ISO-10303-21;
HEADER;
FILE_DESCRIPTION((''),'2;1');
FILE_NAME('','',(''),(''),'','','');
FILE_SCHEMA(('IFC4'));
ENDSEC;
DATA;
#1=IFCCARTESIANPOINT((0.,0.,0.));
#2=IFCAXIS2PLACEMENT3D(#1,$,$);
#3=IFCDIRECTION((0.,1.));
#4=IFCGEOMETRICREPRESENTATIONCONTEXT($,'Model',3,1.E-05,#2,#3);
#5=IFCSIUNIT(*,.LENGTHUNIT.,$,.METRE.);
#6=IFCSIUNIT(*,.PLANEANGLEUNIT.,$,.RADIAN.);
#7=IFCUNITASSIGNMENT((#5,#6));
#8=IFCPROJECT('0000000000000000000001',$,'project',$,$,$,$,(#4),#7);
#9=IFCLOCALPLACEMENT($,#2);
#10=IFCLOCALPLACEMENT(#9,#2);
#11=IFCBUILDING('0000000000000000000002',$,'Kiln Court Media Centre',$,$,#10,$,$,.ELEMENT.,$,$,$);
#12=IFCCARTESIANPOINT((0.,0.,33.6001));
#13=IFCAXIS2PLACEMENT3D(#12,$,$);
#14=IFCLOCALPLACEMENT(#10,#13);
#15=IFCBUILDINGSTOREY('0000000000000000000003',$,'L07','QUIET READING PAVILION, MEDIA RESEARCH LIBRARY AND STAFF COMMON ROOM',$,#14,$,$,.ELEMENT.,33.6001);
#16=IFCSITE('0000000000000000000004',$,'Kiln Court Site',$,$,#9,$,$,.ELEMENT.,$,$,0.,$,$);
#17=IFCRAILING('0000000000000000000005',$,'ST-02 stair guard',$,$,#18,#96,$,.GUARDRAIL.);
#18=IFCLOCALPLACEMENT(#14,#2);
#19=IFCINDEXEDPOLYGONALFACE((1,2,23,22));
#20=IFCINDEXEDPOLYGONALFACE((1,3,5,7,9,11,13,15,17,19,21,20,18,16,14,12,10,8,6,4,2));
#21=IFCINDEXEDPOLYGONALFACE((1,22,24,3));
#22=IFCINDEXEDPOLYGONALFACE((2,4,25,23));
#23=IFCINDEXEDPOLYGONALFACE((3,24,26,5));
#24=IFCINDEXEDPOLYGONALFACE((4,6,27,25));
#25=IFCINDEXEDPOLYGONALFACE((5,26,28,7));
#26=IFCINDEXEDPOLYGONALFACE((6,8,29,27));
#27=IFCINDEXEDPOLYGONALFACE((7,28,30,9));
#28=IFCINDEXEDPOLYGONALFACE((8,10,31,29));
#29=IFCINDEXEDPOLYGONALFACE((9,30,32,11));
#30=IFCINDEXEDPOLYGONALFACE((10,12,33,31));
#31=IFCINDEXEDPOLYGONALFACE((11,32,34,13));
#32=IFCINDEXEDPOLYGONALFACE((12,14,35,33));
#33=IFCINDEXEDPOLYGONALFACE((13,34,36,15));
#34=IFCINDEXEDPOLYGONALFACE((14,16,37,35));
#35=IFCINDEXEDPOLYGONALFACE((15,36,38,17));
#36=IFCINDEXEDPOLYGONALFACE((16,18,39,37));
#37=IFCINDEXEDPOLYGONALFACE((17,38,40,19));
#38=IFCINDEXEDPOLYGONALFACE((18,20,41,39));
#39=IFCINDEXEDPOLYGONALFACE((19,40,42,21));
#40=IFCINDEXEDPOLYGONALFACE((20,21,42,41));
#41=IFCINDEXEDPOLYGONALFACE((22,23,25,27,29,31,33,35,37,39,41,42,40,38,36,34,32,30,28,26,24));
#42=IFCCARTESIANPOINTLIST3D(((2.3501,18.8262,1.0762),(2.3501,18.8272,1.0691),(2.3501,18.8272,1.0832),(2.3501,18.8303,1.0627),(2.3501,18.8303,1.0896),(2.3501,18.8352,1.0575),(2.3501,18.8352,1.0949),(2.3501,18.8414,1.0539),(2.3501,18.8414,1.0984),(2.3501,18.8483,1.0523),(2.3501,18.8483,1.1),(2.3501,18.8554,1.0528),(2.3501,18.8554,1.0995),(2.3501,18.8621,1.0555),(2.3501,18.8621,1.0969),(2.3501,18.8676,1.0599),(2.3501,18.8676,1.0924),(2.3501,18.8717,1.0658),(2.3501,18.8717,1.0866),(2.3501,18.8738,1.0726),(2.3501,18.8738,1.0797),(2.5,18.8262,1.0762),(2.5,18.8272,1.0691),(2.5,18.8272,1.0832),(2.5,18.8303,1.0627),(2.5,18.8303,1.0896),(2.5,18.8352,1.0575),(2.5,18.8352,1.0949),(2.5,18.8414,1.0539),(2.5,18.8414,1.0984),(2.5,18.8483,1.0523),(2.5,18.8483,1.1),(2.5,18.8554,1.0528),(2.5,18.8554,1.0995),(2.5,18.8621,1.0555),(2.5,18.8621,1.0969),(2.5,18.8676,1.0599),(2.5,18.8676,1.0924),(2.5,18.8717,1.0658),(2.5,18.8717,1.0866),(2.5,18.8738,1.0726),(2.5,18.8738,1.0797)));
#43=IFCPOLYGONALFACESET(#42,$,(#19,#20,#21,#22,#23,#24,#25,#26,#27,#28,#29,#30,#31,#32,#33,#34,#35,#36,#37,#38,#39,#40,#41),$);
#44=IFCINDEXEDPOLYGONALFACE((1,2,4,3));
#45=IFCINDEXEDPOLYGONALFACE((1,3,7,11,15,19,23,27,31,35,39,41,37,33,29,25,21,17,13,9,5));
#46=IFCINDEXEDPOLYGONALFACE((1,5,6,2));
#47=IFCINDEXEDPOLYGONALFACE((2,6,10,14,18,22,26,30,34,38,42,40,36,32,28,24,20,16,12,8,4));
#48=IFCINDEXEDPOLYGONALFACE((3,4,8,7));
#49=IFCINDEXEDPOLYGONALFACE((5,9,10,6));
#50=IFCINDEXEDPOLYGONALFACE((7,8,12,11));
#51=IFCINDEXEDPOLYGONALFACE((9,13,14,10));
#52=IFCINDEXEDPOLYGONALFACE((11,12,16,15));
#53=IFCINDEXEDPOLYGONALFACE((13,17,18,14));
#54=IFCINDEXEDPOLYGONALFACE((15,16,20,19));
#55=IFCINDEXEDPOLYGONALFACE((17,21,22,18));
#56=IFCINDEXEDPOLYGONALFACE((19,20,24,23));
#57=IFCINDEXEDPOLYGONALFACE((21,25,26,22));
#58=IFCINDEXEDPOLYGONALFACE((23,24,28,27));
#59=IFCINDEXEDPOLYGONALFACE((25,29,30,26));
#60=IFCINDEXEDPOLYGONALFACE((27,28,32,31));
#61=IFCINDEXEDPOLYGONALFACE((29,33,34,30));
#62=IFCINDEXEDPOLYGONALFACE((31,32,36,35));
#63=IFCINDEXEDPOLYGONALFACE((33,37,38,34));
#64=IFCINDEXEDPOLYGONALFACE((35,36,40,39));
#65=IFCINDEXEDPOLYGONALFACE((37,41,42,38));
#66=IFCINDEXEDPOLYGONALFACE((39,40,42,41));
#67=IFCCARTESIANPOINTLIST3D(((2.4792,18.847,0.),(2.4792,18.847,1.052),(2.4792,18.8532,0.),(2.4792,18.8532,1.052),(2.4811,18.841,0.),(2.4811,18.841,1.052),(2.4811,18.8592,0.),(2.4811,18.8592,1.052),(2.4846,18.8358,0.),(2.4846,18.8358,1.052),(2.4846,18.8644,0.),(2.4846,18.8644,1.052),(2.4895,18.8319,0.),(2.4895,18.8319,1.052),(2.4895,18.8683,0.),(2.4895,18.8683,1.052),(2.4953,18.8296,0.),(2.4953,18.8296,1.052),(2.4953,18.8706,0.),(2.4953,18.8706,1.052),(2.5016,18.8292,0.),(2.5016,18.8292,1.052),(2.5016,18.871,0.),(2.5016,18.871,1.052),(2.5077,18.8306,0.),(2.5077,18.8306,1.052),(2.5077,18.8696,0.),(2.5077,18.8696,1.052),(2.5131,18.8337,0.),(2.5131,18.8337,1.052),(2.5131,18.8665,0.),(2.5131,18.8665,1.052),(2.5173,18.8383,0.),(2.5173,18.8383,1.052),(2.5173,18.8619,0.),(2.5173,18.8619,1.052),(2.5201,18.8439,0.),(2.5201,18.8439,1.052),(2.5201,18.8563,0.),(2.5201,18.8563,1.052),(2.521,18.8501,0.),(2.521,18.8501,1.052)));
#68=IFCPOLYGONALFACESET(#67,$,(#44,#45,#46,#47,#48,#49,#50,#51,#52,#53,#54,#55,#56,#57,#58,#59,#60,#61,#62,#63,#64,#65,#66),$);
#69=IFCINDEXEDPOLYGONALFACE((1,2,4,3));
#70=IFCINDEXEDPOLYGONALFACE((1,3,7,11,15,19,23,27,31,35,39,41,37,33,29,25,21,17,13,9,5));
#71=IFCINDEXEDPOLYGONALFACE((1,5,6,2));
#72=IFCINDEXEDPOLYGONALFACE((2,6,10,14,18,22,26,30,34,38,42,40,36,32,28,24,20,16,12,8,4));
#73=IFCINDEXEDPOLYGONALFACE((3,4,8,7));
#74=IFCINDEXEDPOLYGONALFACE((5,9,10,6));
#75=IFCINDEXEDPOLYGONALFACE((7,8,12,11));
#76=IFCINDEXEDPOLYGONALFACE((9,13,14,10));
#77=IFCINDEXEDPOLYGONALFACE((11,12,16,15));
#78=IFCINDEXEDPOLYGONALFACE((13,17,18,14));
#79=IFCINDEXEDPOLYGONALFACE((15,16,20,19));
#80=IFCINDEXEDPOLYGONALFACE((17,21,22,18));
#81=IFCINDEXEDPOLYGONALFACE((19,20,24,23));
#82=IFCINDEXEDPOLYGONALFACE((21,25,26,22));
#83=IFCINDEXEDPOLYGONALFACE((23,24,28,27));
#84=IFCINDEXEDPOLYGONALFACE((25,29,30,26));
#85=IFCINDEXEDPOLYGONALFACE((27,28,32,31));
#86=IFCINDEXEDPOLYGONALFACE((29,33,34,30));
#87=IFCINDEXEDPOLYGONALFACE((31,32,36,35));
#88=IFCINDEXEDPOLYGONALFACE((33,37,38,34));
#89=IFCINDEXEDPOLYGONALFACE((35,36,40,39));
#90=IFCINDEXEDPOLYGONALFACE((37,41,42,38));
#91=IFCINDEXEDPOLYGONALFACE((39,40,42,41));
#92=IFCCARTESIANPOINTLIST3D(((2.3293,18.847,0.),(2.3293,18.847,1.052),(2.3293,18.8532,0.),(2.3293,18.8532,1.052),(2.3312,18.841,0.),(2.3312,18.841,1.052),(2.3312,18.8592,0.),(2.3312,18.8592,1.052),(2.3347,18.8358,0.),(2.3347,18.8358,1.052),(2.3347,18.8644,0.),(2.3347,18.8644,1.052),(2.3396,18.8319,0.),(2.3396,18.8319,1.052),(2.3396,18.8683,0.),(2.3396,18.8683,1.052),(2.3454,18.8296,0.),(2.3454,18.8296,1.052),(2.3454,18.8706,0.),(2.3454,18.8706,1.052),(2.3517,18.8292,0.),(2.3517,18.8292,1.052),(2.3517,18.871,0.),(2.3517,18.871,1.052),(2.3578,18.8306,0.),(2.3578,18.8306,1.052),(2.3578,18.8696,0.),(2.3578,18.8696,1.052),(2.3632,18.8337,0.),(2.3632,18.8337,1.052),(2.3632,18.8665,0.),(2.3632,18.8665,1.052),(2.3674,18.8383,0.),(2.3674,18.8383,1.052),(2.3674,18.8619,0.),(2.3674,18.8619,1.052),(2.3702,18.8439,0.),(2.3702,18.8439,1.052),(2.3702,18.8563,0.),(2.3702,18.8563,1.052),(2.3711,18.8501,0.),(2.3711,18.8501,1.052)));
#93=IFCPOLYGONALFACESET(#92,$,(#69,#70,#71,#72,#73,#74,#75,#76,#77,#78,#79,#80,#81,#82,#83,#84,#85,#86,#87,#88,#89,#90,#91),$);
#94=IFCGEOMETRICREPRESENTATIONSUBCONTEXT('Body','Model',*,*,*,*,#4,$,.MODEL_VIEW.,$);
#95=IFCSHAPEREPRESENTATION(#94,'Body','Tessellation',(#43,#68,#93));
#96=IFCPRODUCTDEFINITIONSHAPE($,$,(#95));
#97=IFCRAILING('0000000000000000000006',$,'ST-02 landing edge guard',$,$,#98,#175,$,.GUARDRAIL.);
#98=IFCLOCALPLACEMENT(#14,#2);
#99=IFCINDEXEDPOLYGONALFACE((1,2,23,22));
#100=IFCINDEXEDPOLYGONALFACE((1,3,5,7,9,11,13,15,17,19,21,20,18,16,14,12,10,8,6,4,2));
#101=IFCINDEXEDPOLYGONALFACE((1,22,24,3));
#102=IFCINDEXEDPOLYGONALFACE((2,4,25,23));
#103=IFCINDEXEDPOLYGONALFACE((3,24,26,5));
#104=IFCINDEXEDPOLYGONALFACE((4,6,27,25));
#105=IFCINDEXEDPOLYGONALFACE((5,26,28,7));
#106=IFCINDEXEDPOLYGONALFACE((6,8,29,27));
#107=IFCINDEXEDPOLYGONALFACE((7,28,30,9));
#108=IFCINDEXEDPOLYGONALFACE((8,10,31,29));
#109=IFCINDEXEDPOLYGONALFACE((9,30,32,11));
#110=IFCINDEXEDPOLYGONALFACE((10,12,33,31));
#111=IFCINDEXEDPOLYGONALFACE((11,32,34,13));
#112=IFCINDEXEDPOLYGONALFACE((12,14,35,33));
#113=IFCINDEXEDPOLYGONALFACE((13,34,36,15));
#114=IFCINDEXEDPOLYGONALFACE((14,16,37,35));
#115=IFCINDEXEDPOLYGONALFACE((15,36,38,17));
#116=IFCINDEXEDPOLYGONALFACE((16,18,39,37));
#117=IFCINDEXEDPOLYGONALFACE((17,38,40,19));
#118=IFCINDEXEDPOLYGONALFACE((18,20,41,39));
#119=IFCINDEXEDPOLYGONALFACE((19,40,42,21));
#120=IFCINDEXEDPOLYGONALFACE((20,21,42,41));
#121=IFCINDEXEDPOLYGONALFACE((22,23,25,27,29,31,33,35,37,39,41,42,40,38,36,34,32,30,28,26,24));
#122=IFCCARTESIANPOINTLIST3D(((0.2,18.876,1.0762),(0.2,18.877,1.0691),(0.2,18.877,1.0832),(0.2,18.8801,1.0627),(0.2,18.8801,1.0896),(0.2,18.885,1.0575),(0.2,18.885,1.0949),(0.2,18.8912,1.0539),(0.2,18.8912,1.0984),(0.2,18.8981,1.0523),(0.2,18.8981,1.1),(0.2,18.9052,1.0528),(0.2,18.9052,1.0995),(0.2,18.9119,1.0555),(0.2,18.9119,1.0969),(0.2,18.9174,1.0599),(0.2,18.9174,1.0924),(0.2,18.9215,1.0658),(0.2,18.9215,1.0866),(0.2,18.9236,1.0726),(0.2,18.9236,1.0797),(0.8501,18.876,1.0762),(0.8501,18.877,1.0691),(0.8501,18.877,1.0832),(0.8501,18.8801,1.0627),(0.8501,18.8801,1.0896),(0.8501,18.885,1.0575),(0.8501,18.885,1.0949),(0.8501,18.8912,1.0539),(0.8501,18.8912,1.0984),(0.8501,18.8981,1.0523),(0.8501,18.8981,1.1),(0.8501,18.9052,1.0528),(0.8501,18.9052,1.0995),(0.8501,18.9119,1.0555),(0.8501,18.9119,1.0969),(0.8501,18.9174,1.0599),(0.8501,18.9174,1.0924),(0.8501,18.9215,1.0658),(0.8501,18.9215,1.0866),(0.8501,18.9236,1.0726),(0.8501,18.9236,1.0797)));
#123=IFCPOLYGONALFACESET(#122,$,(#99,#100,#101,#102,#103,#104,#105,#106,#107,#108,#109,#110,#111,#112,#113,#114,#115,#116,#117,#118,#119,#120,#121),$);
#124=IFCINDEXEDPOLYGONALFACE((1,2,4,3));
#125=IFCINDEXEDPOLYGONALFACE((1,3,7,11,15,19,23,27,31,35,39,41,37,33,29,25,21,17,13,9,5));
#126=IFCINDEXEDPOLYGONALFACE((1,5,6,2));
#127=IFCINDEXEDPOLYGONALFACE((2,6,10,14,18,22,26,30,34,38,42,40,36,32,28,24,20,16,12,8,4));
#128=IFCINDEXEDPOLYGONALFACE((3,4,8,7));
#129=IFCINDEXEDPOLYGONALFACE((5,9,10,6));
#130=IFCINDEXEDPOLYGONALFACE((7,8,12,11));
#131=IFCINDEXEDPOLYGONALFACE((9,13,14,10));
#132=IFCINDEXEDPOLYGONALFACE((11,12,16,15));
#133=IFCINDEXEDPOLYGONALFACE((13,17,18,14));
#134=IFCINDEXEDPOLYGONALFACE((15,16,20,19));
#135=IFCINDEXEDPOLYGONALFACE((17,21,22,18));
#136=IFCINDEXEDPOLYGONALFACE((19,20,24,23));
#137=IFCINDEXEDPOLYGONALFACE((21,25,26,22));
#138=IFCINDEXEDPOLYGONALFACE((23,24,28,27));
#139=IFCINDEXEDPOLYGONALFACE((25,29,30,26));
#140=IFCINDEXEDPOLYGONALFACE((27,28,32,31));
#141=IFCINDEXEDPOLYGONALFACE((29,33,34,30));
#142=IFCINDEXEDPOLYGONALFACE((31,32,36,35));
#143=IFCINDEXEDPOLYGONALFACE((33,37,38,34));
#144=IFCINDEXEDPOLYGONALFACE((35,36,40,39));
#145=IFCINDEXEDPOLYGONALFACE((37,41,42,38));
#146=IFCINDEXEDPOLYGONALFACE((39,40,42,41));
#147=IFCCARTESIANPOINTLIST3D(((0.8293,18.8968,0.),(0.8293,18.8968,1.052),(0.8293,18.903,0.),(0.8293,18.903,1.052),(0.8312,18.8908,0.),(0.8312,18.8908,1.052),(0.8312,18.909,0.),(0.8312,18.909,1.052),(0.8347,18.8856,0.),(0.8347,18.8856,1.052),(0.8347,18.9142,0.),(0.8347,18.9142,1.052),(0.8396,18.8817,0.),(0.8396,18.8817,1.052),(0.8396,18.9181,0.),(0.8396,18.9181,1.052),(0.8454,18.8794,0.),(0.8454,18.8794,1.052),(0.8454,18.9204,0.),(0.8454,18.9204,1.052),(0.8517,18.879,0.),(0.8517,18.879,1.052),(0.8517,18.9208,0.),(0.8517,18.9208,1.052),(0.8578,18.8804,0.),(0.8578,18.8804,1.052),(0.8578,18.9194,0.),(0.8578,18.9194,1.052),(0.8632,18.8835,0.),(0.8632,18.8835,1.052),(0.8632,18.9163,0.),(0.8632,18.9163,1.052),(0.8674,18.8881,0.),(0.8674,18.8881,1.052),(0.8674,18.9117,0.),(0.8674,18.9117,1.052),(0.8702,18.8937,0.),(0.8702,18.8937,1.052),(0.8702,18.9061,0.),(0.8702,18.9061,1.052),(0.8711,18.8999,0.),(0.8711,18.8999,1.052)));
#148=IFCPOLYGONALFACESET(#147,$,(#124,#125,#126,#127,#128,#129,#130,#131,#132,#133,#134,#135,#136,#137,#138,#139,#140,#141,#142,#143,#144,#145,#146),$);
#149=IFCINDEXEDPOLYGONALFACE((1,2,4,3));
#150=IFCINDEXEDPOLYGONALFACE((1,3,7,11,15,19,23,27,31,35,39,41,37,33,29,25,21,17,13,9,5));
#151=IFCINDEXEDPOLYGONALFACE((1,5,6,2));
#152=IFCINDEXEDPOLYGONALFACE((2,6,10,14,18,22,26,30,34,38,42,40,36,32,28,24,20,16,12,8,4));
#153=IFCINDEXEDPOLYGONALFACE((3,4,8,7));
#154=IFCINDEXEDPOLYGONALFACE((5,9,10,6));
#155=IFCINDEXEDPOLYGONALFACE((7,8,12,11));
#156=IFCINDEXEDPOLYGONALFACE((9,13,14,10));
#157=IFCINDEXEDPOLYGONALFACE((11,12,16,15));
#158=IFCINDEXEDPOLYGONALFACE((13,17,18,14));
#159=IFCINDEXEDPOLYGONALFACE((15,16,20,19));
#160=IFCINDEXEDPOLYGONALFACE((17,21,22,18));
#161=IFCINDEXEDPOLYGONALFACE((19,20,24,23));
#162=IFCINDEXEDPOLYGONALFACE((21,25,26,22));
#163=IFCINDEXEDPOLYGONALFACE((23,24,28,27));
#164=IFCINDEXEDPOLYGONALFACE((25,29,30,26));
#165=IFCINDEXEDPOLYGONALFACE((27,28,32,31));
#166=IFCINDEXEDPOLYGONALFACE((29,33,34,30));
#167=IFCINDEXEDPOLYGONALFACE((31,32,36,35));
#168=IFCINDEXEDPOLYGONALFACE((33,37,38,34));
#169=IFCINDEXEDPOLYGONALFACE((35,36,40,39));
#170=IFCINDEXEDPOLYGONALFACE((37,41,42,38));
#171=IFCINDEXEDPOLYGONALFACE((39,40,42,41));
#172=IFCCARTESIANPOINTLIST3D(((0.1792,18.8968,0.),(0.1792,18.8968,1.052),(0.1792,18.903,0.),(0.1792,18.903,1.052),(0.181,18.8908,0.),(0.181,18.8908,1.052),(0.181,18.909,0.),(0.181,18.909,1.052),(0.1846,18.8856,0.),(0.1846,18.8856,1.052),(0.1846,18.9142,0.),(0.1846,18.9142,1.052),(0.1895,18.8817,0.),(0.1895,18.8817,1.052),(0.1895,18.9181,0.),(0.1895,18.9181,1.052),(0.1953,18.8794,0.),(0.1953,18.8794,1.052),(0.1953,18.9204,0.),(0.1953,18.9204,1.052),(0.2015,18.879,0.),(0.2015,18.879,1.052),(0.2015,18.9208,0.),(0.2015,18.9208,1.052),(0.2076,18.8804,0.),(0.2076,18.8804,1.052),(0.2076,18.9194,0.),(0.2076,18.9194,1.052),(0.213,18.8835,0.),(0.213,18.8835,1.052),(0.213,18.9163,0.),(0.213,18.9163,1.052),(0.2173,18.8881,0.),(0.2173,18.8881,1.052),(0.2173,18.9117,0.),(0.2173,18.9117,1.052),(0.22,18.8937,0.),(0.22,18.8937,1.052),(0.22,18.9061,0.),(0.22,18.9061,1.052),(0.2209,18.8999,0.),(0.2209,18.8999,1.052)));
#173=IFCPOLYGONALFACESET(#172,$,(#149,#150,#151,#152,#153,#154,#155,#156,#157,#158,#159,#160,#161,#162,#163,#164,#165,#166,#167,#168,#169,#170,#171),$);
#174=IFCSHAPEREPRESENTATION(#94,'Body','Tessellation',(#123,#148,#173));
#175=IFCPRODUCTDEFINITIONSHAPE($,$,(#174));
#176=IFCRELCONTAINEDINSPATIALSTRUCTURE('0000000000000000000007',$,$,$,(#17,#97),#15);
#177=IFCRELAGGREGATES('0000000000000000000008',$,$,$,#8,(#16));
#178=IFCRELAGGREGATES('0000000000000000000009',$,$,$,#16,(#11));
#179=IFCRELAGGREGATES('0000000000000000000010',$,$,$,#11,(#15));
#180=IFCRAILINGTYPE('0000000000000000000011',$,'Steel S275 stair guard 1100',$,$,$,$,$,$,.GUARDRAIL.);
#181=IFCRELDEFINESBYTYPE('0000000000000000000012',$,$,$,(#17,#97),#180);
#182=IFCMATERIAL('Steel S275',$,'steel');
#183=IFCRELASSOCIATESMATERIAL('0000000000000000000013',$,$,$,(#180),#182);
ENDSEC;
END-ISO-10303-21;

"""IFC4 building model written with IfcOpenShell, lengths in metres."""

from ifc_helpers import new_model, si_unit, direction, frame, origin, origin_2d, place, context, subcontext, project, spatial, circle, extrude, material, type_object, element, save


model = new_model("IFC4")

# Units and contexts
model_context = context("Model", 3, precision=1e-05, world=origin(), true_north=direction((0.0, 1.0)))
body_context = subcontext(model_context, "Body", "Model", "MODEL_VIEW")
ifc_project = project(units=[si_unit("LENGTHUNIT", "METRE"), si_unit("PLANEANGLEUNIT", "RADIAN")], contexts=[model_context])

# Site, building, storey
site_placement = place(None, origin())
site = spatial("IfcSite", under=ifc_project, at=site_placement, Name="Kiln Court Site", CompositionType="ELEMENT", RefElevation=0.0)
building_placement = place(site_placement, origin())
building = spatial("IfcBuilding", under=site, at=building_placement, Name="Kiln Court Media Centre", CompositionType="ELEMENT")
storey_placement = place(building_placement, frame((0.0, 0.0, 33.6001)))
storey = spatial("IfcBuildingStorey", under=building, at=storey_placement, Name="L07", Description="QUIET READING PAVILION, MEDIA RESEARCH LIBRARY AND STAFF COMMON ROOM", CompositionType="ELEMENT", Elevation=33.6001)

# Railings
ifc_material_1 = material(Name="Steel S275", Category="steel")
railing_type_1 = type_object("IfcRailingType", Name="Steel S275 stair guard 1100", PredefinedType="GUARDRAIL", material=ifc_material_1)
railing_1_placement = place(storey_placement, frame((2.5, 18.8501, 0.0)))
element("IfcRailing", 1, at=railing_1_placement, inside=storey, type_object=railing_type_1, Name="ST-02 stair guard", PredefinedType="GUARDRAIL", context=body_context, shape_type="SweptSolid", body=[
    extrude(circle(Radius=0.0239, at=origin_2d()), frame((0.0, 0.0, 1.0762), z_axis=(-1.0, 0.0, 0.0), x_axis=(0.0, -1.0, 0.0)), (0.0, 0.0, 1.0), 0.1499),
    extrude(circle(Radius=0.021, at=origin_2d()), origin(), (0.0, 0.0, 1.0), 1.052),
    extrude(circle(Radius=0.021, at=origin_2d()), frame((-0.1499, 0.0, 0.0)), (0.0, 0.0, 1.0), 1.052),
])
railing_2_placement = place(storey_placement, frame((0.8501, 18.8999, 0.0)))
element("IfcRailing", 2, at=railing_2_placement, inside=storey, type_object=railing_type_1, Name="ST-02 landing edge guard", PredefinedType="GUARDRAIL", context=body_context, shape_type="SweptSolid", body=[
    extrude(circle(Radius=0.0239, at=origin_2d()), frame((0.0, 0.0, 1.0762), z_axis=(-1.0, 0.0, 0.0), x_axis=(0.0, -1.0, 0.0)), (0.0, 0.0, 1.0), 0.6501),
    extrude(circle(Radius=0.021, at=origin_2d()), origin(), (0.0, 0.0, 1.0), 1.052),
    extrude(circle(Radius=0.021, at=origin_2d()), frame((-0.6501, 0.0, 0.0)), (0.0, 0.0, 1.0), 1.052),
])

save(model, "model.ifc")
